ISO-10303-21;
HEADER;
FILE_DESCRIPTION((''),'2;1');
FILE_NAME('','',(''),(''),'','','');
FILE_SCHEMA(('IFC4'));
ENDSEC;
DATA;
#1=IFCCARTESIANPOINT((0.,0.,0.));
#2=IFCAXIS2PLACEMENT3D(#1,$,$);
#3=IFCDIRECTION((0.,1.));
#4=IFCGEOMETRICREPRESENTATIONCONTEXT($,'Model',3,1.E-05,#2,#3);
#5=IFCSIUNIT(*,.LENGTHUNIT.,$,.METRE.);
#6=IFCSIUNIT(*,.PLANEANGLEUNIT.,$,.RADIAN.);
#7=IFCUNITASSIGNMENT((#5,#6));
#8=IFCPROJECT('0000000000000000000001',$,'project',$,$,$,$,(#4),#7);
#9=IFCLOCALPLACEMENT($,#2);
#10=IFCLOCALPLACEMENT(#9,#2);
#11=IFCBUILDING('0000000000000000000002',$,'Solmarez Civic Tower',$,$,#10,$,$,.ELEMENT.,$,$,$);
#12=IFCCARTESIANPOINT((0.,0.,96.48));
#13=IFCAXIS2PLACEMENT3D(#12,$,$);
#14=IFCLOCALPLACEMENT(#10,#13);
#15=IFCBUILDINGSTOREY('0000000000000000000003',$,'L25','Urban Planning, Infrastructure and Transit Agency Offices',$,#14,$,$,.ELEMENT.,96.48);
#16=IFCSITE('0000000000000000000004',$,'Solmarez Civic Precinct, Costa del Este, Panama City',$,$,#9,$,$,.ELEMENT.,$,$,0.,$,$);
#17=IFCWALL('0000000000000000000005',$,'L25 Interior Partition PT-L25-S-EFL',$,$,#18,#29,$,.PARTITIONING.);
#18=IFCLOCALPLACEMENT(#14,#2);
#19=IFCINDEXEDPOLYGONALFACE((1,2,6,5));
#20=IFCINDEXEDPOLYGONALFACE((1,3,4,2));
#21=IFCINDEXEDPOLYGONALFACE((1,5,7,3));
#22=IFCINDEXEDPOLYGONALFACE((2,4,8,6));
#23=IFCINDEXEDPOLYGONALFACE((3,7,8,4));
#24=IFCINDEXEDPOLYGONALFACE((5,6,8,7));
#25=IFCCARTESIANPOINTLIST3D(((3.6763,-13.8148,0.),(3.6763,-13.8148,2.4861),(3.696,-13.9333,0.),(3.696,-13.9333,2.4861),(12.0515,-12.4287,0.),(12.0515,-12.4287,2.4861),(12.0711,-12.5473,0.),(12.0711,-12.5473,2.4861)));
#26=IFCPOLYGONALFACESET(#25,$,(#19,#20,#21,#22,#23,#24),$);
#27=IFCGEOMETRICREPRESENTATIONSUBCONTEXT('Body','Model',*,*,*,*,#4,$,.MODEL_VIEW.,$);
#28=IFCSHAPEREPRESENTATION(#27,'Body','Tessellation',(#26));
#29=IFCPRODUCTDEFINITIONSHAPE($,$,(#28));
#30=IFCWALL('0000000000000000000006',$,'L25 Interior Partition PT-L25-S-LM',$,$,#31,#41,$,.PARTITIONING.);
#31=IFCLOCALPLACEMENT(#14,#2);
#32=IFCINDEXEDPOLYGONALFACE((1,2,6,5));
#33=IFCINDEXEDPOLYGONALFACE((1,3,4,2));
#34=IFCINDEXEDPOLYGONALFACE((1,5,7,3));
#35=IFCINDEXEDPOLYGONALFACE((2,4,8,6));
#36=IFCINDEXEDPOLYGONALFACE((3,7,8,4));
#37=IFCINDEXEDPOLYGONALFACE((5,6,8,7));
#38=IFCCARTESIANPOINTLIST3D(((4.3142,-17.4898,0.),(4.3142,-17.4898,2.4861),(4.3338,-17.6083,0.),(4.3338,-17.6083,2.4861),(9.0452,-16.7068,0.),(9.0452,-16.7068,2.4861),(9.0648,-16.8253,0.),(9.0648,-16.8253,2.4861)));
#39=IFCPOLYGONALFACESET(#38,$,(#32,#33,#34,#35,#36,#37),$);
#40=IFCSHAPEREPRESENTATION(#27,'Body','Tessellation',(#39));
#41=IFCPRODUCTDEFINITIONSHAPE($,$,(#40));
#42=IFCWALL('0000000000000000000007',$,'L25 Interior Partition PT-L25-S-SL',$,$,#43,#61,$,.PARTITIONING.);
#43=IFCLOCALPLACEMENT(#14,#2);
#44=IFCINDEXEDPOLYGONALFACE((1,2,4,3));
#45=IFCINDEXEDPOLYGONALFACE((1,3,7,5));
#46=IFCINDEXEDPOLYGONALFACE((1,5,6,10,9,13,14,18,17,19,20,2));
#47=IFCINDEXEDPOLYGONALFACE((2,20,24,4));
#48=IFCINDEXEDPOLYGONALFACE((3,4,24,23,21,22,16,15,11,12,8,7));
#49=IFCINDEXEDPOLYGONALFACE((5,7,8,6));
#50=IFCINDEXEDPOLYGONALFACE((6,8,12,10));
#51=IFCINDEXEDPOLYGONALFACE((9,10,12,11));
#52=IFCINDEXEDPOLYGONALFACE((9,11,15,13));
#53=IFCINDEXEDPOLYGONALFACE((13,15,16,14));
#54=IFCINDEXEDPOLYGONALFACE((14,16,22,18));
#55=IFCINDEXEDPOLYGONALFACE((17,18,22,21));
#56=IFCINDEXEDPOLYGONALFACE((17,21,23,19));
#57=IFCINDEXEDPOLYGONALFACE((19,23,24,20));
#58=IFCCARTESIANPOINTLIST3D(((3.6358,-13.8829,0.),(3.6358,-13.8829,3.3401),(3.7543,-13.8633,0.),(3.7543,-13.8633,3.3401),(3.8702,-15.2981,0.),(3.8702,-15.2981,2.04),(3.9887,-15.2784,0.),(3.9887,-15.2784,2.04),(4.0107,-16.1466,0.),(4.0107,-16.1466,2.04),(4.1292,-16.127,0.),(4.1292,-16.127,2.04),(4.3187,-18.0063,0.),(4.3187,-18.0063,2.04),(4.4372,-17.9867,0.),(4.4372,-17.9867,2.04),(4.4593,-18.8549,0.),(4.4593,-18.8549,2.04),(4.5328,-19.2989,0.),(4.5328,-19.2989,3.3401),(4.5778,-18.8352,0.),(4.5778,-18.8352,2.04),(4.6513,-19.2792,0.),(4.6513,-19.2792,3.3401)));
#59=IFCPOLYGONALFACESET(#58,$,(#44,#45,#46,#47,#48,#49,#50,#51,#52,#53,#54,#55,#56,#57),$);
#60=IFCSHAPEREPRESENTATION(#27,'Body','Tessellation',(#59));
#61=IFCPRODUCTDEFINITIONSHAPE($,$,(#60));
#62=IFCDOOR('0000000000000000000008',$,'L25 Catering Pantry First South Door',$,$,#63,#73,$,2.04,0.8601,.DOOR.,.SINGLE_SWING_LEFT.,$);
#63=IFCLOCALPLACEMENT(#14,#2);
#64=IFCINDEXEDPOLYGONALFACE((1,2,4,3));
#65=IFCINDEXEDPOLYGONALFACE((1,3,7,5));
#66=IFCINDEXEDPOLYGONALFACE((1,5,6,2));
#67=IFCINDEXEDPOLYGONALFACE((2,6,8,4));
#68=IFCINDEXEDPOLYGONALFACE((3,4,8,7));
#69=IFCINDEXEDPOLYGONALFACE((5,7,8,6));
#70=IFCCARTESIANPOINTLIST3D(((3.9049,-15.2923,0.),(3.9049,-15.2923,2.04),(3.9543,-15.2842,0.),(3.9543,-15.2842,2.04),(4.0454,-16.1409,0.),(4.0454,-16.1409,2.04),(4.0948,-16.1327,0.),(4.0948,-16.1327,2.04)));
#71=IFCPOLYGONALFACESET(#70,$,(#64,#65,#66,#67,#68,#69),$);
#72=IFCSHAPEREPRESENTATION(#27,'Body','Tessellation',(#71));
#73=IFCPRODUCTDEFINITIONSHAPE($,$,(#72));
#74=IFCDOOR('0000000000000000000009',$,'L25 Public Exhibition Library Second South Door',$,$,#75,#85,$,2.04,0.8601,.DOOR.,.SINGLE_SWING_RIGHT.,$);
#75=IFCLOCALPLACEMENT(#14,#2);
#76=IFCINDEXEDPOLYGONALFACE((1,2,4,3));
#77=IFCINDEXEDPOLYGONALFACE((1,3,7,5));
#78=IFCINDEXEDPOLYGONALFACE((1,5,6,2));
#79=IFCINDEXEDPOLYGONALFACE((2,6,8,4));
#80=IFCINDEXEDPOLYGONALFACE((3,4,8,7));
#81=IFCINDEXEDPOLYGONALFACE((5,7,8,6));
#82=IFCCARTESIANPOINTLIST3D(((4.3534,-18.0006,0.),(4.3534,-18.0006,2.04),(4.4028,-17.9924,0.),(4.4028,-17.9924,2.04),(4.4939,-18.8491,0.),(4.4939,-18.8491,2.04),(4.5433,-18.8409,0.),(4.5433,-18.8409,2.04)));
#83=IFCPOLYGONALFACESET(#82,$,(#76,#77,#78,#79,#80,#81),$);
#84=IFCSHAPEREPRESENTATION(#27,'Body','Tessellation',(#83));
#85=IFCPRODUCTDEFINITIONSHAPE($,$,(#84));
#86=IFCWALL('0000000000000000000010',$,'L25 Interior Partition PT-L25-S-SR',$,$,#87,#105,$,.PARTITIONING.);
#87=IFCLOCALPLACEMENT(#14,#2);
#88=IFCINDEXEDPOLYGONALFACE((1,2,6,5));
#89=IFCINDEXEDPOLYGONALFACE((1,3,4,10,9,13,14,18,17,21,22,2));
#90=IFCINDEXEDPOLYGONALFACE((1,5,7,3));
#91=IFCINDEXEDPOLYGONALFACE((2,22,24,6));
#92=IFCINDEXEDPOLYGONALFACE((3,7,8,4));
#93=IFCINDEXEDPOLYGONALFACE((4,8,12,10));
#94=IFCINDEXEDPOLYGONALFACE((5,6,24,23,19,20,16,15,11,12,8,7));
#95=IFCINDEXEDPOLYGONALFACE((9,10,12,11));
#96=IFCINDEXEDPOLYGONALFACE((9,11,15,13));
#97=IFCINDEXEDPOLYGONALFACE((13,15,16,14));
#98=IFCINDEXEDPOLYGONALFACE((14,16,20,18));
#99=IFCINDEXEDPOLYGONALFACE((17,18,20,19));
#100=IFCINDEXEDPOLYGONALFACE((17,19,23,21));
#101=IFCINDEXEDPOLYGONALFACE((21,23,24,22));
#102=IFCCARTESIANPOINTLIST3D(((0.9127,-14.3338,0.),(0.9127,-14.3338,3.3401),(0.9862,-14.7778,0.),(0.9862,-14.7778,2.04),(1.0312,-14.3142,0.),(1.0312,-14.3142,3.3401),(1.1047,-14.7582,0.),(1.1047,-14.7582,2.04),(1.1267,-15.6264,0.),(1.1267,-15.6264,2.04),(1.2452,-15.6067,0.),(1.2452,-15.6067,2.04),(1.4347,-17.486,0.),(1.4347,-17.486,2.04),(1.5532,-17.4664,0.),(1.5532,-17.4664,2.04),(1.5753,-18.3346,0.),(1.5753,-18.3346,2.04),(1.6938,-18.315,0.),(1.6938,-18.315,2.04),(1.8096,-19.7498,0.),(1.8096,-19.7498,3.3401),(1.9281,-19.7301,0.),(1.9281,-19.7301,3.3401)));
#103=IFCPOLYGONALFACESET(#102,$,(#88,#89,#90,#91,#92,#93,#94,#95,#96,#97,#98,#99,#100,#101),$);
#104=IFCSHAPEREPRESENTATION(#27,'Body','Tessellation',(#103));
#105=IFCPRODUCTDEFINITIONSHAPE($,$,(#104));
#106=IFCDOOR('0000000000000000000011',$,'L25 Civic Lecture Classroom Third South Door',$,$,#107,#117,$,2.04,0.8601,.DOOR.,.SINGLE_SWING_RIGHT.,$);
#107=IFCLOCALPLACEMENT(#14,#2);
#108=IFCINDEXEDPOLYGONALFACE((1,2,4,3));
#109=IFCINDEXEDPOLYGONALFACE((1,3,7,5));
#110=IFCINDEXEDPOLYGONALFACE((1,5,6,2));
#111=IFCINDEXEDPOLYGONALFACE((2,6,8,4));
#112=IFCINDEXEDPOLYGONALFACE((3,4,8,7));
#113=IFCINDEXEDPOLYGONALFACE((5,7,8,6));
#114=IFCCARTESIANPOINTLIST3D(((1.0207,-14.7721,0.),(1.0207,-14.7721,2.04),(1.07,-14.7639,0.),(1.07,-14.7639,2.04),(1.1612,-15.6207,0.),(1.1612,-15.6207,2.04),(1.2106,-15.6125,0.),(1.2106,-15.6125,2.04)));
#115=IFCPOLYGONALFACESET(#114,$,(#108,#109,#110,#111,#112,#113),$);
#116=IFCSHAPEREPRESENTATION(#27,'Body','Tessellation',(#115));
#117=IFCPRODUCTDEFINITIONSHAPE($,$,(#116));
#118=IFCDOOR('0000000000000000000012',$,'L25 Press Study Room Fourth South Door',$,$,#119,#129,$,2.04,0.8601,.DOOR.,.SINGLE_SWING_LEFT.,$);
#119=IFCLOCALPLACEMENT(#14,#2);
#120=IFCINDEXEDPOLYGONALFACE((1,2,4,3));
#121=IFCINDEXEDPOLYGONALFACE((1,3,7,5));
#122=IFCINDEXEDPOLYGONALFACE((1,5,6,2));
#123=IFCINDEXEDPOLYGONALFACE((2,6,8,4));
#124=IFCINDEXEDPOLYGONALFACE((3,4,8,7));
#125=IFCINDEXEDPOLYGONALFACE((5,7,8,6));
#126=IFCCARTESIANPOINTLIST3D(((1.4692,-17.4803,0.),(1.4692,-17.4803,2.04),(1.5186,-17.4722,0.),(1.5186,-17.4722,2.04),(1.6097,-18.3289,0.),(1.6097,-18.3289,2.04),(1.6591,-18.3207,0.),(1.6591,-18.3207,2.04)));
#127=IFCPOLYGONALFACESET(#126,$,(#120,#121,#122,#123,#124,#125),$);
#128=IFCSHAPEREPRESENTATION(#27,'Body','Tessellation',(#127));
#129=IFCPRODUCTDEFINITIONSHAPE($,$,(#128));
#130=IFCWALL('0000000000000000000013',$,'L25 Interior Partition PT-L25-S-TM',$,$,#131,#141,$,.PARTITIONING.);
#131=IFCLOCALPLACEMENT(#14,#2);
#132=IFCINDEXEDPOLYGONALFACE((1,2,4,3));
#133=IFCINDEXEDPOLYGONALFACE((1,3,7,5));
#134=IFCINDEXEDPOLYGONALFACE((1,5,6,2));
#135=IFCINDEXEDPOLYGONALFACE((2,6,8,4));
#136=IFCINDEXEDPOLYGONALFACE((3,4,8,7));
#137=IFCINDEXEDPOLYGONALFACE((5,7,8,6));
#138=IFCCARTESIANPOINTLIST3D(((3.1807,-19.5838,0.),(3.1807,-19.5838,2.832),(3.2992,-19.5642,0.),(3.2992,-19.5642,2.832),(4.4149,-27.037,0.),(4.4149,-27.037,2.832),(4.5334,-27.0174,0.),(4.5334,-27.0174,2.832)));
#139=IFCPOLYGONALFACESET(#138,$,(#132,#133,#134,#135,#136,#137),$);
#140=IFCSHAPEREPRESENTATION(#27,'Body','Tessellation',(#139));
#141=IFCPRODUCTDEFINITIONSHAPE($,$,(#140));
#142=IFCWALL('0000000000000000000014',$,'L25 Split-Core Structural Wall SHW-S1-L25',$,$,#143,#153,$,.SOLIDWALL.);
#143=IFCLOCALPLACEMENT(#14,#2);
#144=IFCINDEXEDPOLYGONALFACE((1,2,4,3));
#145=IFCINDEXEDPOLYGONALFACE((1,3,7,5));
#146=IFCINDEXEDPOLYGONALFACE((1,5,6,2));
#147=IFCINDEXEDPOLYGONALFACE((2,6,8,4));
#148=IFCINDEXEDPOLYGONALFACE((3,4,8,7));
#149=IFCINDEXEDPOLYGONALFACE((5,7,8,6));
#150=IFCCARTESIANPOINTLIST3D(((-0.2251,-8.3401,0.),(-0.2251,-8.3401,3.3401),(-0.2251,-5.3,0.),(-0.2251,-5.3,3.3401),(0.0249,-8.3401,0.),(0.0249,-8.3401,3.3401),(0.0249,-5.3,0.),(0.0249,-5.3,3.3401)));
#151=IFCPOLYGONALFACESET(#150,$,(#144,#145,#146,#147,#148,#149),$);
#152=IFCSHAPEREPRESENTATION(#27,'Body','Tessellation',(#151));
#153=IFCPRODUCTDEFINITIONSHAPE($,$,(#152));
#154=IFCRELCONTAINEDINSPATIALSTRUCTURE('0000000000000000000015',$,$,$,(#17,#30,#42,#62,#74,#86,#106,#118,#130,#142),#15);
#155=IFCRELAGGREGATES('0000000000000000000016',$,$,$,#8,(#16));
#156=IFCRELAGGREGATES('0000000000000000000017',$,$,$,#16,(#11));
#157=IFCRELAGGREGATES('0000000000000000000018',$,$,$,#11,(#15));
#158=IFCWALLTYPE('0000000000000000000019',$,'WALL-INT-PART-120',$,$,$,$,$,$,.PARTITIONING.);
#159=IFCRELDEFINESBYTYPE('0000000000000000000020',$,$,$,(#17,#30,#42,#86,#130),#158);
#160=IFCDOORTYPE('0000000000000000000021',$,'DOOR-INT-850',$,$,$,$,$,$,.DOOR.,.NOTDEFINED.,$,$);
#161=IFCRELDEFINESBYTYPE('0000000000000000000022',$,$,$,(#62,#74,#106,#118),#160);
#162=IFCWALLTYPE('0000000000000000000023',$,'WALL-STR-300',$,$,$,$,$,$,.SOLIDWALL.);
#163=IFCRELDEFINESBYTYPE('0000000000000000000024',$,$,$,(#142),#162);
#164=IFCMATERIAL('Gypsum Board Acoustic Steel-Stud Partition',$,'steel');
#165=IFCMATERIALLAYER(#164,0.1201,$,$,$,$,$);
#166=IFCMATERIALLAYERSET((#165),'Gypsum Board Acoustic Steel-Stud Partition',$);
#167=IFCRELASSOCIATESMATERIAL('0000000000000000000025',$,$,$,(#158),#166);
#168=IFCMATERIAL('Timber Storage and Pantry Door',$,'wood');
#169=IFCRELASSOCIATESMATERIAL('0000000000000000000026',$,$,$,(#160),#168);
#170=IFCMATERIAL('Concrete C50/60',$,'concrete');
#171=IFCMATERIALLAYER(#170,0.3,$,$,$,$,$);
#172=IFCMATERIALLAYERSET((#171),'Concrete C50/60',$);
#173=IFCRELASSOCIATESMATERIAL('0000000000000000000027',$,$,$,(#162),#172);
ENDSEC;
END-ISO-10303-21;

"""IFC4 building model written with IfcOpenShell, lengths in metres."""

from ifc_helpers import new_model, si_unit, direction, frame, frame_2d, origin, place, context, subcontext, project, spatial, rectangle, extrude, material, layer, layer_set, type_object, element, fill, save


model = new_model("IFC4")

# Units and contexts
model_context = context("Model", 3, precision=1e-05, world=origin(), true_north=direction((0.0, 1.0)))
body_context = subcontext(model_context, "Body", "Model", "MODEL_VIEW")
ifc_project = project(units=[si_unit("LENGTHUNIT", "METRE"), si_unit("PLANEANGLEUNIT", "RADIAN")], contexts=[model_context])

# Site, building, storey
site_placement = place(None, origin())
site = spatial("IfcSite", under=ifc_project, at=site_placement, Name="Solmarez Civic Precinct, Costa del Este, Panama City", CompositionType="ELEMENT", RefElevation=0.0)
building_placement = place(site_placement, origin())
building = spatial("IfcBuilding", under=site, at=building_placement, Name="Solmarez Civic Tower", CompositionType="ELEMENT")
storey_placement = place(building_placement, frame((0.0, 0.0, 96.48)))
storey = spatial("IfcBuildingStorey", under=building, at=storey_placement, Name="L25", Description="Urban Planning, Infrastructure and Transit Agency Offices", CompositionType="ELEMENT", Elevation=96.48)

# Walls
ifc_material_1 = material(Name="Gypsum Board Acoustic Steel-Stud Partition", Category="steel")
ifc_layer_1 = layer(ifc_material_1, 0.1201)
ifc_layer_set_1 = layer_set([ifc_layer_1], Name="Gypsum Board Acoustic Steel-Stud Partition")
wall_type_1 = type_object("IfcWallType", Name="WALL-INT-PART-120", PredefinedType="PARTITIONING", material=ifc_layer_set_1)
wall_1_placement = place(storey_placement, frame((3.686, -13.874, 0.0), z_axis=(0.0, 0.0, 1.0), x_axis=(0.986581, 0.16327, 0.0)))
element("IfcWall", 1, at=wall_1_placement, inside=storey, type_object=wall_type_1, Name="L25 Interior Partition PT-L25-S-EFL", PredefinedType="PARTITIONING", context=body_context, shape_type="SweptSolid", body=[
    extrude(rectangle(XDim=8.489, YDim=0.1201, at=frame_2d((4.2446, 0.0))), origin(), (0.0, 0.0, 1.0), 2.4861),
])
wall_2_placement = place(storey_placement, frame((4.324, -17.5491, 0.0), z_axis=(0.0, 0.0, 1.0), x_axis=(0.98658, 0.163276, 0.0)))
element("IfcWall", 2, at=wall_2_placement, inside=storey, type_object=wall_type_1, Name="L25 Interior Partition PT-L25-S-LM", PredefinedType="PARTITIONING", context=body_context, shape_type="SweptSolid", body=[
    extrude(rectangle(XDim=4.7954, YDim=0.1201, at=frame_2d((2.3977, 0.0))), origin(), (0.0, 0.0, 1.0), 2.4861),
])

# Walls, openings, doors
wall_3_placement = place(storey_placement, frame((4.592, -19.2891, 0.0), z_axis=(0.0, 0.0, 1.0), x_axis=(-0.163389, 0.986562, 0.0)))
wall_3 = element("IfcWall", 3, at=wall_3_placement, inside=storey, type_object=wall_type_1, Name="L25 Interior Partition PT-L25-S-SL", PredefinedType="PARTITIONING", context=body_context, shape_type="SweptSolid", body=[
    extrude(rectangle(XDim=5.4897, YDim=0.1201, at=frame_2d((2.7449, 0.0))), origin(), (0.0, 0.0, 1.0), 3.3401),
])
opening_1_placement = place(wall_3_placement, frame((3.1951, 0.0, 0.0)))
opening_1 = element("IfcOpeningElement", 4, at=opening_1_placement, cuts=wall_3, PredefinedType="OPENING", context=body_context, shape_type="SweptSolid", body=[
    extrude(rectangle(XDim=0.8601, YDim=2.04, at=frame_2d((0.4302, 1.02))), frame((0.0, 0.0701, 0.0), z_axis=(0.0, -1.0, 0.0), x_axis=(1.0, 0.0, 0.0)), (0.0, 0.0, 1.0), 0.1401),
])
opening_2_placement = place(wall_3_placement, frame((0.45, 0.0, 0.0)))
opening_2 = element("IfcOpeningElement", 5, at=opening_2_placement, cuts=wall_3, PredefinedType="OPENING", context=body_context, shape_type="SweptSolid", body=[
    extrude(rectangle(XDim=0.8601, YDim=2.04, at=frame_2d((0.4302, 1.02))), frame((0.0, 0.0701, 0.0), z_axis=(0.0, -1.0, 0.0), x_axis=(1.0, 0.0, 0.0)), (0.0, 0.0, 1.0), 0.1401),
])
ifc_material_2 = material(Name="Timber Storage and Pantry Door", Category="wood")
door_type = type_object("IfcDoorType", Name="DOOR-INT-850", OperationType="NOTDEFINED", PredefinedType="DOOR", material=ifc_material_2)
door_1_placement = place(opening_1_placement, origin())
door_1 = element("IfcDoor", 6, at=door_1_placement, inside=storey, type_object=door_type, Name="L25 Catering Pantry First South Door", OperationType="SINGLE_SWING_LEFT", OverallHeight=2.04, OverallWidth=0.8601, PredefinedType="DOOR", context=body_context, shape_type="SweptSolid", body=[
    extrude(rectangle(XDim=0.8601, YDim=2.04, at=frame_2d((0.4302, 1.02))), frame((0.0, 0.0249, 0.0), z_axis=(0.0, -1.0, 0.0), x_axis=(1.0, 0.0, 0.0)), (0.0, 0.0, 1.0), 0.05),
])
fill(opening_1, door_1)
door_2_placement = place(opening_2_placement, origin())
door_2 = element("IfcDoor", 7, at=door_2_placement, inside=storey, type_object=door_type, Name="L25 Public Exhibition Library Second South Door", OperationType="SINGLE_SWING_RIGHT", OverallHeight=2.04, OverallWidth=0.8601, PredefinedType="DOOR", context=body_context, shape_type="SweptSolid", body=[
    extrude(rectangle(XDim=0.8601, YDim=2.04, at=frame_2d((0.4302, 1.02))), frame((0.0, 0.0249, 0.0), z_axis=(0.0, -1.0, 0.0), x_axis=(1.0, 0.0, 0.0)), (0.0, 0.0, 1.0), 0.05),
])
fill(opening_2, door_2)
wall_4_placement = place(storey_placement, frame((0.9719, -14.324, 0.0), z_axis=(0.0, 0.0, 1.0), x_axis=(0.163389, -0.986562, 0.0)))
wall_4 = element("IfcWall", 8, at=wall_4_placement, inside=storey, type_object=wall_type_1, Name="L25 Interior Partition PT-L25-S-SR", PredefinedType="PARTITIONING", context=body_context, shape_type="SweptSolid", body=[
    extrude(rectangle(XDim=5.4897, YDim=0.1201, at=frame_2d((2.7449, 0.0))), origin(), (0.0, 0.0, 1.0), 3.3401),
])
opening_3_placement = place(wall_4_placement, frame((0.45, 0.0, 0.0)))
opening_3 = element("IfcOpeningElement", 9, at=opening_3_placement, cuts=wall_4, PredefinedType="OPENING", context=body_context, shape_type="SweptSolid", body=[
    extrude(rectangle(XDim=0.8601, YDim=2.04, at=frame_2d((0.4302, 1.02))), frame((0.0, 0.0701, 0.0), z_axis=(0.0, -1.0, 0.0), x_axis=(1.0, 0.0, 0.0)), (0.0, 0.0, 1.0), 0.1401),
])
opening_4_placement = place(wall_4_placement, frame((3.1951, 0.0, 0.0)))
opening_4 = element("IfcOpeningElement", 10, at=opening_4_placement, cuts=wall_4, PredefinedType="OPENING", context=body_context, shape_type="SweptSolid", body=[
    extrude(rectangle(XDim=0.8601, YDim=2.04, at=frame_2d((0.4302, 1.02))), frame((0.0, 0.0701, 0.0), z_axis=(0.0, -1.0, 0.0), x_axis=(1.0, 0.0, 0.0)), (0.0, 0.0, 1.0), 0.1401),
])
door_3_placement = place(opening_3_placement, origin())
door_3 = element("IfcDoor", 11, at=door_3_placement, inside=storey, type_object=door_type, Name="L25 Civic Lecture Classroom Third South Door", OperationType="SINGLE_SWING_RIGHT", OverallHeight=2.04, OverallWidth=0.8601, PredefinedType="DOOR", context=body_context, shape_type="SweptSolid", body=[
    extrude(rectangle(XDim=0.8601, YDim=2.04, at=frame_2d((0.4302, 1.02))), frame((0.0, 0.0249, 0.0), z_axis=(0.0, -1.0, 0.0), x_axis=(1.0, 0.0, 0.0)), (0.0, 0.0, 1.0), 0.05),
])
fill(opening_3, door_3)
door_4_placement = place(opening_4_placement, origin())
door_4 = element("IfcDoor", 12, at=door_4_placement, inside=storey, type_object=door_type, Name="L25 Press Study Room Fourth South Door", OperationType="SINGLE_SWING_LEFT", OverallHeight=2.04, OverallWidth=0.8601, PredefinedType="DOOR", context=body_context, shape_type="SweptSolid", body=[
    extrude(rectangle(XDim=0.8601, YDim=2.04, at=frame_2d((0.4302, 1.02))), frame((0.0, 0.0249, 0.0), z_axis=(0.0, -1.0, 0.0), x_axis=(1.0, 0.0, 0.0)), (0.0, 0.0, 1.0), 0.05),
])
fill(opening_4, door_4)

# Walls
wall_5_placement = place(storey_placement, frame((3.24, -19.574, 0.0), z_axis=(0.0, 0.0, 1.0), x_axis=(0.163361, -0.986566, 0.0)))
element("IfcWall", 13, at=wall_5_placement, inside=storey, type_object=wall_type_1, Name="L25 Interior Partition PT-L25-S-TM", PredefinedType="PARTITIONING", context=body_context, shape_type="SweptSolid", body=[
    extrude(rectangle(XDim=7.5547, YDim=0.1201, at=frame_2d((3.7773, 0.0))), origin(), (0.0, 0.0, 1.0), 2.832),
])
ifc_material_3 = material(Name="Concrete C50/60", Category="concrete")
ifc_layer_2 = layer(ifc_material_3, 0.3)
ifc_layer_set_2 = layer_set([ifc_layer_2], Name="Concrete C50/60")
wall_type_2 = type_object("IfcWallType", Name="WALL-STR-300", PredefinedType="SOLIDWALL", material=ifc_layer_set_2)
wall_6_placement = place(storey_placement, frame((-0.1001, -8.3401, 0.0), z_axis=(0.0, 0.0, 1.0), x_axis=(0.0, 1.0, 0.0)))
element("IfcWall", 14, at=wall_6_placement, inside=storey, type_object=wall_type_2, Name="L25 Split-Core Structural Wall SHW-S1-L25", PredefinedType="SOLIDWALL", context=body_context, shape_type="SweptSolid", body=[
    extrude(rectangle(XDim=3.04, YDim=0.25, at=frame_2d((1.52, 0.0))), origin(), (0.0, 0.0, 1.0), 3.3401),
])

save(model, "model.ifc")
